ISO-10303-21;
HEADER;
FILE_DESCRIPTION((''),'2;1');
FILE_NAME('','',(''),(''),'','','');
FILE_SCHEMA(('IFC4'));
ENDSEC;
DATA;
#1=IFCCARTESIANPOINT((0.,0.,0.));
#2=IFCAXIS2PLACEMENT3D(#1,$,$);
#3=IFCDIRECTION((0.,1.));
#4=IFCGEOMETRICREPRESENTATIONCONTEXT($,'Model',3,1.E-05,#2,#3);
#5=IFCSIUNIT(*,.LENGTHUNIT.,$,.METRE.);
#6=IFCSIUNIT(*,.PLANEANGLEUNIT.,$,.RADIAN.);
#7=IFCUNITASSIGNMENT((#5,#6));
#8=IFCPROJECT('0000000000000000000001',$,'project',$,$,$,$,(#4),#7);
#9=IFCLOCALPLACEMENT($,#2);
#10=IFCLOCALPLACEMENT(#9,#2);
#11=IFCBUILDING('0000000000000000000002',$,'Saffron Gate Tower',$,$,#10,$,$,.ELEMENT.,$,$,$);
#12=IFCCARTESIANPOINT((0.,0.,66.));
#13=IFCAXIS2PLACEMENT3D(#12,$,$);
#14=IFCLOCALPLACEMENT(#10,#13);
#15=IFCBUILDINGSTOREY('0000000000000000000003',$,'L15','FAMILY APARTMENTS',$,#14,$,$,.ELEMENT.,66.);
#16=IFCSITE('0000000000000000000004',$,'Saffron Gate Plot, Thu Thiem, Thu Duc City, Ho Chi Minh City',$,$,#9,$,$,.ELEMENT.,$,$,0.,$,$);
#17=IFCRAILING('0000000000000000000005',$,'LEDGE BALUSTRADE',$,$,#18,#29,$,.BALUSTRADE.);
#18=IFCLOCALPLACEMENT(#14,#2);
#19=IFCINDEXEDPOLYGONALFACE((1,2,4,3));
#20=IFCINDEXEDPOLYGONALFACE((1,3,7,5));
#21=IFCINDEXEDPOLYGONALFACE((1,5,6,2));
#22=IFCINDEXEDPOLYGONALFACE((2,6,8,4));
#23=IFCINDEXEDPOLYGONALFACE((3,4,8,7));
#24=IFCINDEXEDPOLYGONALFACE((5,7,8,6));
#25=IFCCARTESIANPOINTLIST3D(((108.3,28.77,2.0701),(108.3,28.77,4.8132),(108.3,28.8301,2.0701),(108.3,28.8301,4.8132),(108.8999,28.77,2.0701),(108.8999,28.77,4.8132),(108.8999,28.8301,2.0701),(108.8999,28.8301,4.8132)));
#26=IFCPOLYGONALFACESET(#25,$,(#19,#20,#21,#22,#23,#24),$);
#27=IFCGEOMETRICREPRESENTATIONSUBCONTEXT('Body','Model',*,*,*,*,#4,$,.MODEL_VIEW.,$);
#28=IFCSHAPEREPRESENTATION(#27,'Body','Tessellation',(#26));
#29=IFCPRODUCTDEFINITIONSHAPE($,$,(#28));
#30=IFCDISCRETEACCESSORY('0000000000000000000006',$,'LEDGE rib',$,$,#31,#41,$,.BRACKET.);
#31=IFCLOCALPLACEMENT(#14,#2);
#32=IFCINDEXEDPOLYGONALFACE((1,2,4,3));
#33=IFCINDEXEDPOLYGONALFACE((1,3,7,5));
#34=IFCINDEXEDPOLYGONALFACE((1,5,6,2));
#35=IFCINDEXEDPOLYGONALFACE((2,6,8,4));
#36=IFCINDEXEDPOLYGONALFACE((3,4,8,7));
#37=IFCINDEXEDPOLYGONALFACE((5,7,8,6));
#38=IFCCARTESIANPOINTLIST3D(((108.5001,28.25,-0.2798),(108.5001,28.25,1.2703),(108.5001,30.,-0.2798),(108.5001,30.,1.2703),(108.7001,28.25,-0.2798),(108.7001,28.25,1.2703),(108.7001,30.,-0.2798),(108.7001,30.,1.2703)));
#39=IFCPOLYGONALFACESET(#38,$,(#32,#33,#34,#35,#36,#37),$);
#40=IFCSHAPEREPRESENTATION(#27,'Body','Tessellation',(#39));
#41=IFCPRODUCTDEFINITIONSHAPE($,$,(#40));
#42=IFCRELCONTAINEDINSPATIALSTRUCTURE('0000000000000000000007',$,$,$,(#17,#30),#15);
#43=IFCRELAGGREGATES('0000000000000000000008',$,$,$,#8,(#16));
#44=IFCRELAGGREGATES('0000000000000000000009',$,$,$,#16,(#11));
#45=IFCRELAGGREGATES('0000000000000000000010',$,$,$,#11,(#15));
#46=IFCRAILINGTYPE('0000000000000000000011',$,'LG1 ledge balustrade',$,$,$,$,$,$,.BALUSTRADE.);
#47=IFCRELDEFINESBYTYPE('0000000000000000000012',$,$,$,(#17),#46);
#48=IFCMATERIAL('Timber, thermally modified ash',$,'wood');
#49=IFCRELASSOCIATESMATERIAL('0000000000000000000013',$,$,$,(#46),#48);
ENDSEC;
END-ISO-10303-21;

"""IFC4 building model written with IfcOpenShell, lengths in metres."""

from ifc_helpers import new_model, si_unit, direction, frame, origin, origin_2d, place, context, subcontext, project, spatial, rectangle, extrude, material, type_object, element, save


model = new_model("IFC4")

# Units and contexts
model_context = context("Model", 3, precision=1e-05, world=origin(), true_north=direction((0.0, 1.0)))
body_context = subcontext(model_context, "Body", "Model", "MODEL_VIEW")
ifc_project = project(units=[si_unit("LENGTHUNIT", "METRE"), si_unit("PLANEANGLEUNIT", "RADIAN")], contexts=[model_context])

# Site, building, storey
site_placement = place(None, origin())
site = spatial("IfcSite", under=ifc_project, at=site_placement, Name="Saffron Gate Plot, Thu Thiem, Thu Duc City, Ho Chi Minh City", CompositionType="ELEMENT", RefElevation=0.0)
building_placement = place(site_placement, origin())
building = spatial("IfcBuilding", under=site, at=building_placement, Name="Saffron Gate Tower", CompositionType="ELEMENT")
storey_placement = place(building_placement, frame((0.0, 0.0, 66.0)))
storey = spatial("IfcBuildingStorey", under=building, at=storey_placement, Name="L15", Description="FAMILY APARTMENTS", CompositionType="ELEMENT", Elevation=66.0)

# Shared definitions
ifc_material_1 = material(Name="Timber, thermally modified ash", Category="wood")

# Railing
railing_type_1 = type_object("IfcRailingType", Name="LG1 ledge balustrade", PredefinedType="BALUSTRADE", material=ifc_material_1)
railing_1_placement = place(storey_placement, frame((108.3, 28.8, 2.0701)))
element("IfcRailing", 1, at=railing_1_placement, inside=storey, type_object=railing_type_1, Name="LEDGE BALUSTRADE", PredefinedType="BALUSTRADE", context=body_context, shape_type="SweptSolid", body=[
    extrude(rectangle(XDim=0.0601, YDim=2.7432, at=origin_2d()), frame((0.0, 0.0, 1.3716), z_axis=(1.0, 0.0, 0.0), x_axis=(0.0, 1.0, 0.0)), (0.0, 0.0, 1.0), 0.5999),
])

# Discrete accessory
discrete_accessory_placement = place(storey_placement, frame((108.6001, 29.125, -0.2798), z_axis=(0.0, 0.0, 1.0), x_axis=(1.0, 0.0, 0.0)))
element("IfcDiscreteAccessory", 2, at=discrete_accessory_placement, inside=storey, Name="LEDGE rib", PredefinedType="BRACKET", context=body_context, shape_type="SweptSolid", body=[
    extrude(rectangle(XDim=0.2, YDim=1.75, at=origin_2d()), origin(), (0.0, 0.0, 1.0), 1.55),
])

save(model, "model.ifc")
